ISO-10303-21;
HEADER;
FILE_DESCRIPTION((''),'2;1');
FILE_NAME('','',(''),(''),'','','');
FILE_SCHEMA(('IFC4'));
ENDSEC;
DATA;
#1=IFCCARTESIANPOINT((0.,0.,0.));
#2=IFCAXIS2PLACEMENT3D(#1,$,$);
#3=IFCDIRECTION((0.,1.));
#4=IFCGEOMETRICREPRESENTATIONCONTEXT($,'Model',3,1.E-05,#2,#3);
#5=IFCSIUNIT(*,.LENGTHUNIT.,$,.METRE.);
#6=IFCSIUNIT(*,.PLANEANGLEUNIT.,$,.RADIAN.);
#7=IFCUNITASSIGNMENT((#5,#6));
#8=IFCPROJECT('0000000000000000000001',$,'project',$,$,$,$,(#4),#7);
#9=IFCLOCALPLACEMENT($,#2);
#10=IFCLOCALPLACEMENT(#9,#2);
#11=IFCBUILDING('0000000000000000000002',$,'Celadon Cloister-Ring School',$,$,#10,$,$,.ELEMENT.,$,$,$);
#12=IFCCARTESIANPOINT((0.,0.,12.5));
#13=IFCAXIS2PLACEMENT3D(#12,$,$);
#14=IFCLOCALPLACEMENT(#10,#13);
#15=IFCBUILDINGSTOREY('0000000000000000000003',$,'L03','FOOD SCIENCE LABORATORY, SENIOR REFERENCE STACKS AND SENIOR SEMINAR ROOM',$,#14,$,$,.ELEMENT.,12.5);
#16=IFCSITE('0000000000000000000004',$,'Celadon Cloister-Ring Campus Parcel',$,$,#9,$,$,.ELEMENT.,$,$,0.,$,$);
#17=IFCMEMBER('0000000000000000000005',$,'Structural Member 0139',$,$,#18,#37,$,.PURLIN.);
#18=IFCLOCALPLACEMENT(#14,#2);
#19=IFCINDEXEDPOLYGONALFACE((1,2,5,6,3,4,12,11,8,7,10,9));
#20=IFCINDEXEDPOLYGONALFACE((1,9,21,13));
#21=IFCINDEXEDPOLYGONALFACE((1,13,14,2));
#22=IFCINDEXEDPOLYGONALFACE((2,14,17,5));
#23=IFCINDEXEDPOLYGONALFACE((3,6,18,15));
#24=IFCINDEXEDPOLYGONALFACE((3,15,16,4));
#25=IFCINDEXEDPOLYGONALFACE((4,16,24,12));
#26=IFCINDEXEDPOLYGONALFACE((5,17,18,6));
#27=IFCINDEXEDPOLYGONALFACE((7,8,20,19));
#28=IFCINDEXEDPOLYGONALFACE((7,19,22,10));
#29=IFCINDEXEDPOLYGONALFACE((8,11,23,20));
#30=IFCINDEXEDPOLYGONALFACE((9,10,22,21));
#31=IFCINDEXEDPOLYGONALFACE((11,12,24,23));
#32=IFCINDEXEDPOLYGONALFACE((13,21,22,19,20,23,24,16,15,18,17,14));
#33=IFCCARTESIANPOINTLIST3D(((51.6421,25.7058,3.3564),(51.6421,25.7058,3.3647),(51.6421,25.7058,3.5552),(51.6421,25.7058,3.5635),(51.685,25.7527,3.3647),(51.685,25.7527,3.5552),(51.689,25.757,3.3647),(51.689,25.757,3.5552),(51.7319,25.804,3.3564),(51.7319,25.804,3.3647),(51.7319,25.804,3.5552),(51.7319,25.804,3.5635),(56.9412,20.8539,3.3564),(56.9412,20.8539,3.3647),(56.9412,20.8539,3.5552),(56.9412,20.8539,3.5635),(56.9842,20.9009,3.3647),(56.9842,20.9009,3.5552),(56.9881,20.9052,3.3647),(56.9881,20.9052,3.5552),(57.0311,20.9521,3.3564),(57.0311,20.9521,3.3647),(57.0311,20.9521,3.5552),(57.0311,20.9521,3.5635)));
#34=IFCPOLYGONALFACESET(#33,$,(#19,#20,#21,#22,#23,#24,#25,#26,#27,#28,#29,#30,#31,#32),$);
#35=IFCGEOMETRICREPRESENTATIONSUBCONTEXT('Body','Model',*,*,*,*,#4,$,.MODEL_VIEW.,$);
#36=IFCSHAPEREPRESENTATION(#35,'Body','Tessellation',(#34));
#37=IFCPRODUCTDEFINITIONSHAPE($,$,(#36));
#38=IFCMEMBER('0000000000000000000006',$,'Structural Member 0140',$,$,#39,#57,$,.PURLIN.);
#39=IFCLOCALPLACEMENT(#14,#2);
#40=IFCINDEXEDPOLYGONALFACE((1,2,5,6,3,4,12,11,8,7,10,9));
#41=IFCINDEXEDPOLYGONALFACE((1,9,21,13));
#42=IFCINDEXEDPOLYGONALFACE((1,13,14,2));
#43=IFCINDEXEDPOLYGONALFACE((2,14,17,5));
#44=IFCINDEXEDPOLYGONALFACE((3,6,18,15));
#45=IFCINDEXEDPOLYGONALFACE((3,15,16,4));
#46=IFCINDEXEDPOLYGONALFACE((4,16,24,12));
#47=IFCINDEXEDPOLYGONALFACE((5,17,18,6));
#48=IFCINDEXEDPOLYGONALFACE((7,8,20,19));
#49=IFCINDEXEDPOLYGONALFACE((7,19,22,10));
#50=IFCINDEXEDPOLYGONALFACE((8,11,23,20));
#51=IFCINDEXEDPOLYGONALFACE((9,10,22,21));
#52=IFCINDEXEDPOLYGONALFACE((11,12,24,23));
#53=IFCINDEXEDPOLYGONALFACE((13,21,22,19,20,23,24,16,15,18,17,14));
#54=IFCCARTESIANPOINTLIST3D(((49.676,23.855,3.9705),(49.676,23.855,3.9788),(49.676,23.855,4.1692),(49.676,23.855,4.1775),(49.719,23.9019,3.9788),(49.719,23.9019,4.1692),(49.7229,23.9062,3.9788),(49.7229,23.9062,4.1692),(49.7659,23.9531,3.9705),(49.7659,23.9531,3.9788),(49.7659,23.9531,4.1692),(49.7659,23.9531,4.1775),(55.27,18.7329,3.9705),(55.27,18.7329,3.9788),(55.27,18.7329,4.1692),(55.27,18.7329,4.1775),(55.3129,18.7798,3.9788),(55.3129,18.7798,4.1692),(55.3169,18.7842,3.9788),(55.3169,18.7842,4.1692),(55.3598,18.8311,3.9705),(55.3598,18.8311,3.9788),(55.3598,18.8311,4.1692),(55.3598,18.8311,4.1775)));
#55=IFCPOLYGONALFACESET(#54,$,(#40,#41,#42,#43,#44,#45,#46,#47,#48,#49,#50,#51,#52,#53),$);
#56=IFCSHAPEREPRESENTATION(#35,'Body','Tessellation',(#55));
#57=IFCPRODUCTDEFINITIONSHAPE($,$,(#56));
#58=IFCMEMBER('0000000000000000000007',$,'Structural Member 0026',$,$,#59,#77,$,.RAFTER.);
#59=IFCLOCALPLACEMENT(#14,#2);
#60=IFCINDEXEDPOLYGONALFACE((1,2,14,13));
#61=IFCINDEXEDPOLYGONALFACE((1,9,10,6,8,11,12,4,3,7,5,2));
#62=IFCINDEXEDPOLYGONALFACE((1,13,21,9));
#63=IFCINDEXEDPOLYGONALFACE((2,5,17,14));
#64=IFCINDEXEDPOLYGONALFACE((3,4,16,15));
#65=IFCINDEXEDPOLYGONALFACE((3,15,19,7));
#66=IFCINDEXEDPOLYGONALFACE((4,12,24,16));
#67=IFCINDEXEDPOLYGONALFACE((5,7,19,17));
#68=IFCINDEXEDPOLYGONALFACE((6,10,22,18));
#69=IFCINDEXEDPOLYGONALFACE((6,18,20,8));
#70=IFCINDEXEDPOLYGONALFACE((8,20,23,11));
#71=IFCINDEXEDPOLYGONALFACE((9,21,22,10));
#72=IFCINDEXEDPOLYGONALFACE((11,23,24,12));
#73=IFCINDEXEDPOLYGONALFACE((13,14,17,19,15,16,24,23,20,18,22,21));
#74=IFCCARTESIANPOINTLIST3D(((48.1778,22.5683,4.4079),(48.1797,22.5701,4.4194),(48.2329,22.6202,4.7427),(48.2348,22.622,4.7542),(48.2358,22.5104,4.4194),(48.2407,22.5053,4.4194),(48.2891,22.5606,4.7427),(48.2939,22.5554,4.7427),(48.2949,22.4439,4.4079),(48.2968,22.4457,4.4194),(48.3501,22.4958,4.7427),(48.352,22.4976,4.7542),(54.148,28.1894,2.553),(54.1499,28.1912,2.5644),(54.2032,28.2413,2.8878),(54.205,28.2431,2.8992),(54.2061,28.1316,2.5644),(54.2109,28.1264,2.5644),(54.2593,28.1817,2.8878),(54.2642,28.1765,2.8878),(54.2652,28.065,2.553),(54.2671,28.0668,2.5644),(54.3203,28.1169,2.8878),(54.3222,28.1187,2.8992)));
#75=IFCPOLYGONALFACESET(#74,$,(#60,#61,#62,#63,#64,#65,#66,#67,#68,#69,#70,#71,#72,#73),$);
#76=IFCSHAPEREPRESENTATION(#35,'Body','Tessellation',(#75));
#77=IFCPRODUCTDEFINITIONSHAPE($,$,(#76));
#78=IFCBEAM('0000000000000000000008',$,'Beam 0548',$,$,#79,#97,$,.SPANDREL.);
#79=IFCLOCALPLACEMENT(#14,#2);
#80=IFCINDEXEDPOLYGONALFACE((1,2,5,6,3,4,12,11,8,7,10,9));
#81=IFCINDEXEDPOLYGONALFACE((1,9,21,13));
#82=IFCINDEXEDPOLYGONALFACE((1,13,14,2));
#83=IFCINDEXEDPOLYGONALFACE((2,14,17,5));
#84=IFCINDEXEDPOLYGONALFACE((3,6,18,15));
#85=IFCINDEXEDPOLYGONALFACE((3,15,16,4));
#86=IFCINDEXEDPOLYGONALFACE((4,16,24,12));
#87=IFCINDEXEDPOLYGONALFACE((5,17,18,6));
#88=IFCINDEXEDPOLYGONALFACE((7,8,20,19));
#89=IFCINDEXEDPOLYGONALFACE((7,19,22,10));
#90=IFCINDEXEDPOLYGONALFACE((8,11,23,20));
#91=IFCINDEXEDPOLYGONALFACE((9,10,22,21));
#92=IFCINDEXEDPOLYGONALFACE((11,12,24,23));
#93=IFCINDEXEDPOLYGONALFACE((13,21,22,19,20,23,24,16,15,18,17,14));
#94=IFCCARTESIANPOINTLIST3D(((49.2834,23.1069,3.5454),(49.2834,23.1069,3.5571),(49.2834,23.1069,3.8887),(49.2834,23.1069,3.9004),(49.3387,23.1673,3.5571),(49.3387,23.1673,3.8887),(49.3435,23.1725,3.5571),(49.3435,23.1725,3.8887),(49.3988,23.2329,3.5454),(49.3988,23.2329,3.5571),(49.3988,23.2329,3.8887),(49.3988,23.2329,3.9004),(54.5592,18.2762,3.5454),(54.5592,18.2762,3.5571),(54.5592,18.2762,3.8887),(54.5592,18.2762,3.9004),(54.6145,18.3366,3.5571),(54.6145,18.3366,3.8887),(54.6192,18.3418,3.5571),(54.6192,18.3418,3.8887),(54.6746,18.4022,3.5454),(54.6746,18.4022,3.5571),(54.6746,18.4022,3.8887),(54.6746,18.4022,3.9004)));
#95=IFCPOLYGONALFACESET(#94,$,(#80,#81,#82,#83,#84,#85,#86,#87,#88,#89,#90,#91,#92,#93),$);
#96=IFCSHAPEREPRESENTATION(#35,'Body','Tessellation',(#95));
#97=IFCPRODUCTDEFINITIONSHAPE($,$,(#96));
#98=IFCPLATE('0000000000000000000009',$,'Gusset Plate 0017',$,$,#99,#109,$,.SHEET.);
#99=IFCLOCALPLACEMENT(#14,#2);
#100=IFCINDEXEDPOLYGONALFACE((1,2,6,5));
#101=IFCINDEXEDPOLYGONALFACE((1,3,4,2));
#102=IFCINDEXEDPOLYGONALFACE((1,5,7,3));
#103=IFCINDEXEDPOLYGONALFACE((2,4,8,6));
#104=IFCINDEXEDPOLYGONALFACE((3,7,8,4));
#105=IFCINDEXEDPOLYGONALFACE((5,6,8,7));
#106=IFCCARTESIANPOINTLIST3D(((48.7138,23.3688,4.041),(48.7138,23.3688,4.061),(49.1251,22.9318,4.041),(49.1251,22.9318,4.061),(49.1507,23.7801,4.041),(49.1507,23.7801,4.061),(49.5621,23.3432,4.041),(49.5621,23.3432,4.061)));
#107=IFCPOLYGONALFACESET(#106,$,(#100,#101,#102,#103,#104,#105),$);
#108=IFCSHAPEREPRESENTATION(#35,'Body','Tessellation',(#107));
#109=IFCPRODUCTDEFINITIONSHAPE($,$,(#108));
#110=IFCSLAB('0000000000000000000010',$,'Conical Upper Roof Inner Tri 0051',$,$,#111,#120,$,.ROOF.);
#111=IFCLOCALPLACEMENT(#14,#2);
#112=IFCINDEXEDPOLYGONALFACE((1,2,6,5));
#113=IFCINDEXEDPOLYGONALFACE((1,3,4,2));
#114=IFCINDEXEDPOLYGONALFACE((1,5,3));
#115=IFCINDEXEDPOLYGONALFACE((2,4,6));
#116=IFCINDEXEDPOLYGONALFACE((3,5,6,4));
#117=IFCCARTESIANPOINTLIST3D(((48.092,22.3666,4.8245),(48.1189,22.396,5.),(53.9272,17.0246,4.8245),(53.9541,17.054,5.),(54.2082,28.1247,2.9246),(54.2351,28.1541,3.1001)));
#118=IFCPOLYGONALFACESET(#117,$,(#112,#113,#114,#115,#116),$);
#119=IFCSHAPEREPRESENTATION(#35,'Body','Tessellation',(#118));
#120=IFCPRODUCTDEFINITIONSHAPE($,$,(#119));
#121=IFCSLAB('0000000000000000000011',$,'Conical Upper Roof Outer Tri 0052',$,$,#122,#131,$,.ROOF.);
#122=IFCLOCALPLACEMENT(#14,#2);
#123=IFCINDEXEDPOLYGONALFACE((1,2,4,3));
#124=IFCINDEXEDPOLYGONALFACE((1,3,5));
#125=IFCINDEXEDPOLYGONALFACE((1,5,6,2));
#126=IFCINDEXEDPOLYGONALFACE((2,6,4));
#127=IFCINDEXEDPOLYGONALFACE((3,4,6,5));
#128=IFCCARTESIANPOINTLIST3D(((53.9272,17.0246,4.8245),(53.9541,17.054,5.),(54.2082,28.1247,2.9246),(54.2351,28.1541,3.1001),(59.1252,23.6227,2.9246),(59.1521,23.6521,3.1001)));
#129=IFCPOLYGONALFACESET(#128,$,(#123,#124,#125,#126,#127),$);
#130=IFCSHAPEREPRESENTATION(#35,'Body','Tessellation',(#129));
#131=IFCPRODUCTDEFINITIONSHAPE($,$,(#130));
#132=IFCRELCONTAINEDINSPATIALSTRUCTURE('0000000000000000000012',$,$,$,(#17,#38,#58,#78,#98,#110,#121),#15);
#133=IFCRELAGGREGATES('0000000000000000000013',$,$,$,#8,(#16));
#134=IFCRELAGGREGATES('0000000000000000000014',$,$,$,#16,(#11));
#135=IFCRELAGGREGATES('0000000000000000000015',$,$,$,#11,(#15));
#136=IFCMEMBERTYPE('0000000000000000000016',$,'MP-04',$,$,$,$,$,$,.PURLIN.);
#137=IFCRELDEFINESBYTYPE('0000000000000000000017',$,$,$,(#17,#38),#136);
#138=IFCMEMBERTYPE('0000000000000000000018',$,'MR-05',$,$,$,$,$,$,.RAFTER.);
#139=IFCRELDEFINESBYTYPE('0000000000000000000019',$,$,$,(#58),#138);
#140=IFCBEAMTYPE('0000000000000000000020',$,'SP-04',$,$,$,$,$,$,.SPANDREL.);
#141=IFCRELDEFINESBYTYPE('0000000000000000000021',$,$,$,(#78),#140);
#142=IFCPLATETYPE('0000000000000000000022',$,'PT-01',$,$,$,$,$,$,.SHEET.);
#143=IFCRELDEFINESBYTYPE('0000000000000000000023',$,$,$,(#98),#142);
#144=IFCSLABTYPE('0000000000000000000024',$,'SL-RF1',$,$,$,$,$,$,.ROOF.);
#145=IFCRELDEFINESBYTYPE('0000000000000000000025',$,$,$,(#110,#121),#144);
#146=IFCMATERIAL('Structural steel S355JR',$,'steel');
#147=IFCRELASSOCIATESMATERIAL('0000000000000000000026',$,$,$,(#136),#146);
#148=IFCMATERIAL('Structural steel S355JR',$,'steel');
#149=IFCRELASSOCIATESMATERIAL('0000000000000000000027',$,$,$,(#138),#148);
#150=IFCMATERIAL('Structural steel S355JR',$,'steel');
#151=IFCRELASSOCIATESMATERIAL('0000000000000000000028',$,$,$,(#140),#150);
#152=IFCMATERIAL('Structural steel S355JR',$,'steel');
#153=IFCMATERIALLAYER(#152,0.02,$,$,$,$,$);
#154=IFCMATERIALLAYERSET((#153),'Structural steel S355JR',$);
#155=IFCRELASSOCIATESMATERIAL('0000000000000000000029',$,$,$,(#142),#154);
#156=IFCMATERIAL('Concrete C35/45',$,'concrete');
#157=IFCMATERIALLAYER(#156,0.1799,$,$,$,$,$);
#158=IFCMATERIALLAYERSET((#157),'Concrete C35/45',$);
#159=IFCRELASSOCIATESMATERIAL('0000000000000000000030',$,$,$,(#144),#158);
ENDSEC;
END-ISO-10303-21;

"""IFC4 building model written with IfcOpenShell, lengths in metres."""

from ifc_helpers import new_model, si_unit, direction, frame, origin, origin_2d, place, context, subcontext, project, spatial, polyline, rectangle, i_section, outline, extrude, material, layer, layer_set, material_profile, profile_set, type_object, element, save


model = new_model("IFC4")

# Units and contexts
model_context = context("Model", 3, precision=1e-05, world=origin(), true_north=direction((0.0, 1.0)))
body_context = subcontext(model_context, "Body", "Model", "MODEL_VIEW")
ifc_project = project(units=[si_unit("LENGTHUNIT", "METRE"), si_unit("PLANEANGLEUNIT", "RADIAN")], contexts=[model_context])

# Site, building, storey
site_placement = place(None, origin())
site = spatial("IfcSite", under=ifc_project, at=site_placement, Name="Celadon Cloister-Ring Campus Parcel", CompositionType="ELEMENT", RefElevation=0.0)
building_placement = place(site_placement, origin())
building = spatial("IfcBuilding", under=site, at=building_placement, Name="Celadon Cloister-Ring School", CompositionType="ELEMENT")
storey_placement = place(building_placement, frame((0.0, 0.0, 12.5)))
storey = spatial("IfcBuildingStorey", under=building, at=storey_placement, Name="L03", Description="FOOD SCIENCE LABORATORY, SENIOR REFERENCE STACKS AND SENIOR SEMINAR ROOM", CompositionType="ELEMENT", Elevation=12.5)

# Members
ifc_material_1 = material(Name="Structural steel S355JR", Category="steel")
ifc_material_profile_1 = material_profile(ifc_material_1, i_section(OverallWidth=0.1331, OverallDepth=0.207, WebThickness=0.0059, FlangeThickness=0.0083, at=origin_2d()), Name="W200X27")
ifc_profile_set_1 = profile_set([ifc_material_profile_1], Name="Structural steel S355JR")
member_type_1 = type_object("IfcMemberType", Name="MP-04", PredefinedType="PURLIN", material=ifc_profile_set_1)
member_1_placement = place(storey_placement, frame((51.687, 25.7549, 3.46), z_axis=(0.737548, -0.675295, 0.0), x_axis=(0.675295, 0.737548, 0.0)))
element("IfcMember", 1, at=member_1_placement, inside=storey, type_object=member_type_1, Name="Structural Member 0139", PredefinedType="PURLIN", context=body_context, shape_type="SweptSolid", body=[
    extrude(i_section(OverallWidth=0.1331, OverallDepth=0.207, WebThickness=0.0059, FlangeThickness=0.0083, at=origin_2d()), origin(), (0.0, 0.0, 1.0), 7.1848),
])
member_2_placement = place(storey_placement, frame((49.7209, 23.9041, 4.074), z_axis=(0.737532, -0.675312, 0.0), x_axis=(0.675312, 0.737532, 0.0)))
element("IfcMember", 2, at=member_2_placement, inside=storey, type_object=member_type_1, Name="Structural Member 0140", PredefinedType="PURLIN", context=body_context, shape_type="SweptSolid", body=[
    extrude(i_section(OverallWidth=0.1331, OverallDepth=0.207, WebThickness=0.0059, FlangeThickness=0.0083, at=origin_2d()), origin(), (0.0, 0.0, 1.0), 7.5847),
])
ifc_material_2 = material(Name="Structural steel S355JR", Category="steel")
ifc_material_profile_2 = material_profile(ifc_material_2, i_section(OverallWidth=0.1709, OverallDepth=0.355, WebThickness=0.0071, FlangeThickness=0.0117, at=origin_2d()), Name="W360X51")
ifc_profile_set_2 = profile_set([ifc_material_profile_2], Name="Structural steel S355JR")
member_type_2 = type_object("IfcMemberType", Name="MR-05", PredefinedType="RAFTER", material=ifc_profile_set_2)
member_3_placement = place(storey_placement, frame((54.2351, 28.1541, 2.7261), z_axis=(-0.710131, -0.668604, 0.220642), x_axis=(0.685498, -0.728074, 0.0)))
element("IfcMember", 3, at=member_3_placement, inside=storey, type_object=member_type_2, Name="Structural Member 0026", PredefinedType="RAFTER", context=body_context, shape_type="SweptSolid", body=[
    extrude(i_section(OverallWidth=0.1709, OverallDepth=0.355, WebThickness=0.0071, FlangeThickness=0.0117, at=origin_2d()), origin(), (0.0, 0.0, 1.0), 8.4072),
])

# Beam
ifc_material_3 = material(Name="Structural steel S355JR", Category="steel")
ifc_material_profile_3 = material_profile(ifc_material_3, i_section(OverallWidth=0.1709, OverallDepth=0.355, WebThickness=0.0071, FlangeThickness=0.0117, at=origin_2d()), Name="W360X51")
ifc_profile_set_3 = profile_set([ifc_material_profile_3], Name="Structural steel S355JR")
beam_type_1 = type_object("IfcBeamType", Name="SP-04", PredefinedType="SPANDREL", material=ifc_profile_set_3)
beam_1_placement = place(storey_placement, frame((49.3411, 23.1699, 3.7229), z_axis=(0.737531, -0.675313, 0.0), x_axis=(0.675313, 0.737531, 0.0)))
element("IfcBeam", 4, at=beam_1_placement, inside=storey, type_object=beam_type_1, Name="Beam 0548", PredefinedType="SPANDREL", context=body_context, shape_type="SweptSolid", body=[
    extrude(i_section(OverallWidth=0.1709, OverallDepth=0.355, WebThickness=0.0071, FlangeThickness=0.0117, at=origin_2d()), origin(), (0.0, 0.0, 1.0), 7.1533),
])

# Plate
ifc_material_4 = material(Name="Structural steel S355JR", Category="steel")
ifc_layer_1 = layer(ifc_material_4, 0.02)
ifc_layer_set_1 = layer_set([ifc_layer_1], Name="Structural steel S355JR")
plate_type = type_object("IfcPlateType", Name="PT-01", PredefinedType="SHEET", material=ifc_layer_set_1)
plate_placement = place(storey_placement, frame((49.1379, 23.356, 4.041), z_axis=(0.0, 0.0, 1.0), x_axis=(-0.728108, -0.685463, 0.0)))
element("IfcPlate", 5, at=plate_placement, inside=storey, type_object=plate_type, Name="Gusset Plate 0017", PredefinedType="SHEET", context=body_context, shape_type="SweptSolid", body=[
    extrude(rectangle(XDim=0.6001, YDim=0.6001, at=origin_2d()), origin(), (0.0, 0.0, 1.0), 0.02),
])

# Slabs
ifc_material_5 = material(Name="Concrete C35/45", Category="concrete")
ifc_layer_2 = layer(ifc_material_5, 0.1799)
ifc_layer_set_2 = layer_set([ifc_layer_2], Name="Concrete C35/45")
slab_type = type_object("IfcSlabType", Name="SL-RF1", PredefinedType="ROOF", material=ifc_layer_set_2)
slab_1_placement = place(storey_placement, frame((54.2351, 28.1541, 3.1001), z_axis=(0.149353, 0.163141, 0.975233), x_axis=(-0.710166, -0.66858, 0.220602)))
element("IfcSlab", 6, at=slab_1_placement, inside=storey, type_object=slab_type, Name="Conical Upper Roof Inner Tri 0051", PredefinedType="ROOF", context=body_context, shape_type="SweptSolid", body=[
    extrude(outline(polyline([(0.0, 0.0), (8.6124, 0.0), (8.04, 7.8905), (0.0, 0.0)])), origin(), (0.0, 0.0, -1.0), 0.1799),
])
slab_2_placement = place(storey_placement, frame((54.2351, 28.1541, 3.1001), z_axis=(0.149369, 0.16314, 0.97523), x_axis=(-0.024945, -0.985359, 0.168655)))
element("IfcSlab", 7, at=slab_2_placement, inside=storey, type_object=slab_type, Name="Conical Upper Roof Outer Tri 0052", PredefinedType="ROOF", context=body_context, shape_type="SweptSolid", body=[
    extrude(outline(polyline([(0.0, 0.0), (11.265, 0.0), (4.3134, 5.0832), (0.0, 0.0)])), origin(), (0.0, 0.0, -1.0), 0.1799),
])

save(model, "model.ifc")
